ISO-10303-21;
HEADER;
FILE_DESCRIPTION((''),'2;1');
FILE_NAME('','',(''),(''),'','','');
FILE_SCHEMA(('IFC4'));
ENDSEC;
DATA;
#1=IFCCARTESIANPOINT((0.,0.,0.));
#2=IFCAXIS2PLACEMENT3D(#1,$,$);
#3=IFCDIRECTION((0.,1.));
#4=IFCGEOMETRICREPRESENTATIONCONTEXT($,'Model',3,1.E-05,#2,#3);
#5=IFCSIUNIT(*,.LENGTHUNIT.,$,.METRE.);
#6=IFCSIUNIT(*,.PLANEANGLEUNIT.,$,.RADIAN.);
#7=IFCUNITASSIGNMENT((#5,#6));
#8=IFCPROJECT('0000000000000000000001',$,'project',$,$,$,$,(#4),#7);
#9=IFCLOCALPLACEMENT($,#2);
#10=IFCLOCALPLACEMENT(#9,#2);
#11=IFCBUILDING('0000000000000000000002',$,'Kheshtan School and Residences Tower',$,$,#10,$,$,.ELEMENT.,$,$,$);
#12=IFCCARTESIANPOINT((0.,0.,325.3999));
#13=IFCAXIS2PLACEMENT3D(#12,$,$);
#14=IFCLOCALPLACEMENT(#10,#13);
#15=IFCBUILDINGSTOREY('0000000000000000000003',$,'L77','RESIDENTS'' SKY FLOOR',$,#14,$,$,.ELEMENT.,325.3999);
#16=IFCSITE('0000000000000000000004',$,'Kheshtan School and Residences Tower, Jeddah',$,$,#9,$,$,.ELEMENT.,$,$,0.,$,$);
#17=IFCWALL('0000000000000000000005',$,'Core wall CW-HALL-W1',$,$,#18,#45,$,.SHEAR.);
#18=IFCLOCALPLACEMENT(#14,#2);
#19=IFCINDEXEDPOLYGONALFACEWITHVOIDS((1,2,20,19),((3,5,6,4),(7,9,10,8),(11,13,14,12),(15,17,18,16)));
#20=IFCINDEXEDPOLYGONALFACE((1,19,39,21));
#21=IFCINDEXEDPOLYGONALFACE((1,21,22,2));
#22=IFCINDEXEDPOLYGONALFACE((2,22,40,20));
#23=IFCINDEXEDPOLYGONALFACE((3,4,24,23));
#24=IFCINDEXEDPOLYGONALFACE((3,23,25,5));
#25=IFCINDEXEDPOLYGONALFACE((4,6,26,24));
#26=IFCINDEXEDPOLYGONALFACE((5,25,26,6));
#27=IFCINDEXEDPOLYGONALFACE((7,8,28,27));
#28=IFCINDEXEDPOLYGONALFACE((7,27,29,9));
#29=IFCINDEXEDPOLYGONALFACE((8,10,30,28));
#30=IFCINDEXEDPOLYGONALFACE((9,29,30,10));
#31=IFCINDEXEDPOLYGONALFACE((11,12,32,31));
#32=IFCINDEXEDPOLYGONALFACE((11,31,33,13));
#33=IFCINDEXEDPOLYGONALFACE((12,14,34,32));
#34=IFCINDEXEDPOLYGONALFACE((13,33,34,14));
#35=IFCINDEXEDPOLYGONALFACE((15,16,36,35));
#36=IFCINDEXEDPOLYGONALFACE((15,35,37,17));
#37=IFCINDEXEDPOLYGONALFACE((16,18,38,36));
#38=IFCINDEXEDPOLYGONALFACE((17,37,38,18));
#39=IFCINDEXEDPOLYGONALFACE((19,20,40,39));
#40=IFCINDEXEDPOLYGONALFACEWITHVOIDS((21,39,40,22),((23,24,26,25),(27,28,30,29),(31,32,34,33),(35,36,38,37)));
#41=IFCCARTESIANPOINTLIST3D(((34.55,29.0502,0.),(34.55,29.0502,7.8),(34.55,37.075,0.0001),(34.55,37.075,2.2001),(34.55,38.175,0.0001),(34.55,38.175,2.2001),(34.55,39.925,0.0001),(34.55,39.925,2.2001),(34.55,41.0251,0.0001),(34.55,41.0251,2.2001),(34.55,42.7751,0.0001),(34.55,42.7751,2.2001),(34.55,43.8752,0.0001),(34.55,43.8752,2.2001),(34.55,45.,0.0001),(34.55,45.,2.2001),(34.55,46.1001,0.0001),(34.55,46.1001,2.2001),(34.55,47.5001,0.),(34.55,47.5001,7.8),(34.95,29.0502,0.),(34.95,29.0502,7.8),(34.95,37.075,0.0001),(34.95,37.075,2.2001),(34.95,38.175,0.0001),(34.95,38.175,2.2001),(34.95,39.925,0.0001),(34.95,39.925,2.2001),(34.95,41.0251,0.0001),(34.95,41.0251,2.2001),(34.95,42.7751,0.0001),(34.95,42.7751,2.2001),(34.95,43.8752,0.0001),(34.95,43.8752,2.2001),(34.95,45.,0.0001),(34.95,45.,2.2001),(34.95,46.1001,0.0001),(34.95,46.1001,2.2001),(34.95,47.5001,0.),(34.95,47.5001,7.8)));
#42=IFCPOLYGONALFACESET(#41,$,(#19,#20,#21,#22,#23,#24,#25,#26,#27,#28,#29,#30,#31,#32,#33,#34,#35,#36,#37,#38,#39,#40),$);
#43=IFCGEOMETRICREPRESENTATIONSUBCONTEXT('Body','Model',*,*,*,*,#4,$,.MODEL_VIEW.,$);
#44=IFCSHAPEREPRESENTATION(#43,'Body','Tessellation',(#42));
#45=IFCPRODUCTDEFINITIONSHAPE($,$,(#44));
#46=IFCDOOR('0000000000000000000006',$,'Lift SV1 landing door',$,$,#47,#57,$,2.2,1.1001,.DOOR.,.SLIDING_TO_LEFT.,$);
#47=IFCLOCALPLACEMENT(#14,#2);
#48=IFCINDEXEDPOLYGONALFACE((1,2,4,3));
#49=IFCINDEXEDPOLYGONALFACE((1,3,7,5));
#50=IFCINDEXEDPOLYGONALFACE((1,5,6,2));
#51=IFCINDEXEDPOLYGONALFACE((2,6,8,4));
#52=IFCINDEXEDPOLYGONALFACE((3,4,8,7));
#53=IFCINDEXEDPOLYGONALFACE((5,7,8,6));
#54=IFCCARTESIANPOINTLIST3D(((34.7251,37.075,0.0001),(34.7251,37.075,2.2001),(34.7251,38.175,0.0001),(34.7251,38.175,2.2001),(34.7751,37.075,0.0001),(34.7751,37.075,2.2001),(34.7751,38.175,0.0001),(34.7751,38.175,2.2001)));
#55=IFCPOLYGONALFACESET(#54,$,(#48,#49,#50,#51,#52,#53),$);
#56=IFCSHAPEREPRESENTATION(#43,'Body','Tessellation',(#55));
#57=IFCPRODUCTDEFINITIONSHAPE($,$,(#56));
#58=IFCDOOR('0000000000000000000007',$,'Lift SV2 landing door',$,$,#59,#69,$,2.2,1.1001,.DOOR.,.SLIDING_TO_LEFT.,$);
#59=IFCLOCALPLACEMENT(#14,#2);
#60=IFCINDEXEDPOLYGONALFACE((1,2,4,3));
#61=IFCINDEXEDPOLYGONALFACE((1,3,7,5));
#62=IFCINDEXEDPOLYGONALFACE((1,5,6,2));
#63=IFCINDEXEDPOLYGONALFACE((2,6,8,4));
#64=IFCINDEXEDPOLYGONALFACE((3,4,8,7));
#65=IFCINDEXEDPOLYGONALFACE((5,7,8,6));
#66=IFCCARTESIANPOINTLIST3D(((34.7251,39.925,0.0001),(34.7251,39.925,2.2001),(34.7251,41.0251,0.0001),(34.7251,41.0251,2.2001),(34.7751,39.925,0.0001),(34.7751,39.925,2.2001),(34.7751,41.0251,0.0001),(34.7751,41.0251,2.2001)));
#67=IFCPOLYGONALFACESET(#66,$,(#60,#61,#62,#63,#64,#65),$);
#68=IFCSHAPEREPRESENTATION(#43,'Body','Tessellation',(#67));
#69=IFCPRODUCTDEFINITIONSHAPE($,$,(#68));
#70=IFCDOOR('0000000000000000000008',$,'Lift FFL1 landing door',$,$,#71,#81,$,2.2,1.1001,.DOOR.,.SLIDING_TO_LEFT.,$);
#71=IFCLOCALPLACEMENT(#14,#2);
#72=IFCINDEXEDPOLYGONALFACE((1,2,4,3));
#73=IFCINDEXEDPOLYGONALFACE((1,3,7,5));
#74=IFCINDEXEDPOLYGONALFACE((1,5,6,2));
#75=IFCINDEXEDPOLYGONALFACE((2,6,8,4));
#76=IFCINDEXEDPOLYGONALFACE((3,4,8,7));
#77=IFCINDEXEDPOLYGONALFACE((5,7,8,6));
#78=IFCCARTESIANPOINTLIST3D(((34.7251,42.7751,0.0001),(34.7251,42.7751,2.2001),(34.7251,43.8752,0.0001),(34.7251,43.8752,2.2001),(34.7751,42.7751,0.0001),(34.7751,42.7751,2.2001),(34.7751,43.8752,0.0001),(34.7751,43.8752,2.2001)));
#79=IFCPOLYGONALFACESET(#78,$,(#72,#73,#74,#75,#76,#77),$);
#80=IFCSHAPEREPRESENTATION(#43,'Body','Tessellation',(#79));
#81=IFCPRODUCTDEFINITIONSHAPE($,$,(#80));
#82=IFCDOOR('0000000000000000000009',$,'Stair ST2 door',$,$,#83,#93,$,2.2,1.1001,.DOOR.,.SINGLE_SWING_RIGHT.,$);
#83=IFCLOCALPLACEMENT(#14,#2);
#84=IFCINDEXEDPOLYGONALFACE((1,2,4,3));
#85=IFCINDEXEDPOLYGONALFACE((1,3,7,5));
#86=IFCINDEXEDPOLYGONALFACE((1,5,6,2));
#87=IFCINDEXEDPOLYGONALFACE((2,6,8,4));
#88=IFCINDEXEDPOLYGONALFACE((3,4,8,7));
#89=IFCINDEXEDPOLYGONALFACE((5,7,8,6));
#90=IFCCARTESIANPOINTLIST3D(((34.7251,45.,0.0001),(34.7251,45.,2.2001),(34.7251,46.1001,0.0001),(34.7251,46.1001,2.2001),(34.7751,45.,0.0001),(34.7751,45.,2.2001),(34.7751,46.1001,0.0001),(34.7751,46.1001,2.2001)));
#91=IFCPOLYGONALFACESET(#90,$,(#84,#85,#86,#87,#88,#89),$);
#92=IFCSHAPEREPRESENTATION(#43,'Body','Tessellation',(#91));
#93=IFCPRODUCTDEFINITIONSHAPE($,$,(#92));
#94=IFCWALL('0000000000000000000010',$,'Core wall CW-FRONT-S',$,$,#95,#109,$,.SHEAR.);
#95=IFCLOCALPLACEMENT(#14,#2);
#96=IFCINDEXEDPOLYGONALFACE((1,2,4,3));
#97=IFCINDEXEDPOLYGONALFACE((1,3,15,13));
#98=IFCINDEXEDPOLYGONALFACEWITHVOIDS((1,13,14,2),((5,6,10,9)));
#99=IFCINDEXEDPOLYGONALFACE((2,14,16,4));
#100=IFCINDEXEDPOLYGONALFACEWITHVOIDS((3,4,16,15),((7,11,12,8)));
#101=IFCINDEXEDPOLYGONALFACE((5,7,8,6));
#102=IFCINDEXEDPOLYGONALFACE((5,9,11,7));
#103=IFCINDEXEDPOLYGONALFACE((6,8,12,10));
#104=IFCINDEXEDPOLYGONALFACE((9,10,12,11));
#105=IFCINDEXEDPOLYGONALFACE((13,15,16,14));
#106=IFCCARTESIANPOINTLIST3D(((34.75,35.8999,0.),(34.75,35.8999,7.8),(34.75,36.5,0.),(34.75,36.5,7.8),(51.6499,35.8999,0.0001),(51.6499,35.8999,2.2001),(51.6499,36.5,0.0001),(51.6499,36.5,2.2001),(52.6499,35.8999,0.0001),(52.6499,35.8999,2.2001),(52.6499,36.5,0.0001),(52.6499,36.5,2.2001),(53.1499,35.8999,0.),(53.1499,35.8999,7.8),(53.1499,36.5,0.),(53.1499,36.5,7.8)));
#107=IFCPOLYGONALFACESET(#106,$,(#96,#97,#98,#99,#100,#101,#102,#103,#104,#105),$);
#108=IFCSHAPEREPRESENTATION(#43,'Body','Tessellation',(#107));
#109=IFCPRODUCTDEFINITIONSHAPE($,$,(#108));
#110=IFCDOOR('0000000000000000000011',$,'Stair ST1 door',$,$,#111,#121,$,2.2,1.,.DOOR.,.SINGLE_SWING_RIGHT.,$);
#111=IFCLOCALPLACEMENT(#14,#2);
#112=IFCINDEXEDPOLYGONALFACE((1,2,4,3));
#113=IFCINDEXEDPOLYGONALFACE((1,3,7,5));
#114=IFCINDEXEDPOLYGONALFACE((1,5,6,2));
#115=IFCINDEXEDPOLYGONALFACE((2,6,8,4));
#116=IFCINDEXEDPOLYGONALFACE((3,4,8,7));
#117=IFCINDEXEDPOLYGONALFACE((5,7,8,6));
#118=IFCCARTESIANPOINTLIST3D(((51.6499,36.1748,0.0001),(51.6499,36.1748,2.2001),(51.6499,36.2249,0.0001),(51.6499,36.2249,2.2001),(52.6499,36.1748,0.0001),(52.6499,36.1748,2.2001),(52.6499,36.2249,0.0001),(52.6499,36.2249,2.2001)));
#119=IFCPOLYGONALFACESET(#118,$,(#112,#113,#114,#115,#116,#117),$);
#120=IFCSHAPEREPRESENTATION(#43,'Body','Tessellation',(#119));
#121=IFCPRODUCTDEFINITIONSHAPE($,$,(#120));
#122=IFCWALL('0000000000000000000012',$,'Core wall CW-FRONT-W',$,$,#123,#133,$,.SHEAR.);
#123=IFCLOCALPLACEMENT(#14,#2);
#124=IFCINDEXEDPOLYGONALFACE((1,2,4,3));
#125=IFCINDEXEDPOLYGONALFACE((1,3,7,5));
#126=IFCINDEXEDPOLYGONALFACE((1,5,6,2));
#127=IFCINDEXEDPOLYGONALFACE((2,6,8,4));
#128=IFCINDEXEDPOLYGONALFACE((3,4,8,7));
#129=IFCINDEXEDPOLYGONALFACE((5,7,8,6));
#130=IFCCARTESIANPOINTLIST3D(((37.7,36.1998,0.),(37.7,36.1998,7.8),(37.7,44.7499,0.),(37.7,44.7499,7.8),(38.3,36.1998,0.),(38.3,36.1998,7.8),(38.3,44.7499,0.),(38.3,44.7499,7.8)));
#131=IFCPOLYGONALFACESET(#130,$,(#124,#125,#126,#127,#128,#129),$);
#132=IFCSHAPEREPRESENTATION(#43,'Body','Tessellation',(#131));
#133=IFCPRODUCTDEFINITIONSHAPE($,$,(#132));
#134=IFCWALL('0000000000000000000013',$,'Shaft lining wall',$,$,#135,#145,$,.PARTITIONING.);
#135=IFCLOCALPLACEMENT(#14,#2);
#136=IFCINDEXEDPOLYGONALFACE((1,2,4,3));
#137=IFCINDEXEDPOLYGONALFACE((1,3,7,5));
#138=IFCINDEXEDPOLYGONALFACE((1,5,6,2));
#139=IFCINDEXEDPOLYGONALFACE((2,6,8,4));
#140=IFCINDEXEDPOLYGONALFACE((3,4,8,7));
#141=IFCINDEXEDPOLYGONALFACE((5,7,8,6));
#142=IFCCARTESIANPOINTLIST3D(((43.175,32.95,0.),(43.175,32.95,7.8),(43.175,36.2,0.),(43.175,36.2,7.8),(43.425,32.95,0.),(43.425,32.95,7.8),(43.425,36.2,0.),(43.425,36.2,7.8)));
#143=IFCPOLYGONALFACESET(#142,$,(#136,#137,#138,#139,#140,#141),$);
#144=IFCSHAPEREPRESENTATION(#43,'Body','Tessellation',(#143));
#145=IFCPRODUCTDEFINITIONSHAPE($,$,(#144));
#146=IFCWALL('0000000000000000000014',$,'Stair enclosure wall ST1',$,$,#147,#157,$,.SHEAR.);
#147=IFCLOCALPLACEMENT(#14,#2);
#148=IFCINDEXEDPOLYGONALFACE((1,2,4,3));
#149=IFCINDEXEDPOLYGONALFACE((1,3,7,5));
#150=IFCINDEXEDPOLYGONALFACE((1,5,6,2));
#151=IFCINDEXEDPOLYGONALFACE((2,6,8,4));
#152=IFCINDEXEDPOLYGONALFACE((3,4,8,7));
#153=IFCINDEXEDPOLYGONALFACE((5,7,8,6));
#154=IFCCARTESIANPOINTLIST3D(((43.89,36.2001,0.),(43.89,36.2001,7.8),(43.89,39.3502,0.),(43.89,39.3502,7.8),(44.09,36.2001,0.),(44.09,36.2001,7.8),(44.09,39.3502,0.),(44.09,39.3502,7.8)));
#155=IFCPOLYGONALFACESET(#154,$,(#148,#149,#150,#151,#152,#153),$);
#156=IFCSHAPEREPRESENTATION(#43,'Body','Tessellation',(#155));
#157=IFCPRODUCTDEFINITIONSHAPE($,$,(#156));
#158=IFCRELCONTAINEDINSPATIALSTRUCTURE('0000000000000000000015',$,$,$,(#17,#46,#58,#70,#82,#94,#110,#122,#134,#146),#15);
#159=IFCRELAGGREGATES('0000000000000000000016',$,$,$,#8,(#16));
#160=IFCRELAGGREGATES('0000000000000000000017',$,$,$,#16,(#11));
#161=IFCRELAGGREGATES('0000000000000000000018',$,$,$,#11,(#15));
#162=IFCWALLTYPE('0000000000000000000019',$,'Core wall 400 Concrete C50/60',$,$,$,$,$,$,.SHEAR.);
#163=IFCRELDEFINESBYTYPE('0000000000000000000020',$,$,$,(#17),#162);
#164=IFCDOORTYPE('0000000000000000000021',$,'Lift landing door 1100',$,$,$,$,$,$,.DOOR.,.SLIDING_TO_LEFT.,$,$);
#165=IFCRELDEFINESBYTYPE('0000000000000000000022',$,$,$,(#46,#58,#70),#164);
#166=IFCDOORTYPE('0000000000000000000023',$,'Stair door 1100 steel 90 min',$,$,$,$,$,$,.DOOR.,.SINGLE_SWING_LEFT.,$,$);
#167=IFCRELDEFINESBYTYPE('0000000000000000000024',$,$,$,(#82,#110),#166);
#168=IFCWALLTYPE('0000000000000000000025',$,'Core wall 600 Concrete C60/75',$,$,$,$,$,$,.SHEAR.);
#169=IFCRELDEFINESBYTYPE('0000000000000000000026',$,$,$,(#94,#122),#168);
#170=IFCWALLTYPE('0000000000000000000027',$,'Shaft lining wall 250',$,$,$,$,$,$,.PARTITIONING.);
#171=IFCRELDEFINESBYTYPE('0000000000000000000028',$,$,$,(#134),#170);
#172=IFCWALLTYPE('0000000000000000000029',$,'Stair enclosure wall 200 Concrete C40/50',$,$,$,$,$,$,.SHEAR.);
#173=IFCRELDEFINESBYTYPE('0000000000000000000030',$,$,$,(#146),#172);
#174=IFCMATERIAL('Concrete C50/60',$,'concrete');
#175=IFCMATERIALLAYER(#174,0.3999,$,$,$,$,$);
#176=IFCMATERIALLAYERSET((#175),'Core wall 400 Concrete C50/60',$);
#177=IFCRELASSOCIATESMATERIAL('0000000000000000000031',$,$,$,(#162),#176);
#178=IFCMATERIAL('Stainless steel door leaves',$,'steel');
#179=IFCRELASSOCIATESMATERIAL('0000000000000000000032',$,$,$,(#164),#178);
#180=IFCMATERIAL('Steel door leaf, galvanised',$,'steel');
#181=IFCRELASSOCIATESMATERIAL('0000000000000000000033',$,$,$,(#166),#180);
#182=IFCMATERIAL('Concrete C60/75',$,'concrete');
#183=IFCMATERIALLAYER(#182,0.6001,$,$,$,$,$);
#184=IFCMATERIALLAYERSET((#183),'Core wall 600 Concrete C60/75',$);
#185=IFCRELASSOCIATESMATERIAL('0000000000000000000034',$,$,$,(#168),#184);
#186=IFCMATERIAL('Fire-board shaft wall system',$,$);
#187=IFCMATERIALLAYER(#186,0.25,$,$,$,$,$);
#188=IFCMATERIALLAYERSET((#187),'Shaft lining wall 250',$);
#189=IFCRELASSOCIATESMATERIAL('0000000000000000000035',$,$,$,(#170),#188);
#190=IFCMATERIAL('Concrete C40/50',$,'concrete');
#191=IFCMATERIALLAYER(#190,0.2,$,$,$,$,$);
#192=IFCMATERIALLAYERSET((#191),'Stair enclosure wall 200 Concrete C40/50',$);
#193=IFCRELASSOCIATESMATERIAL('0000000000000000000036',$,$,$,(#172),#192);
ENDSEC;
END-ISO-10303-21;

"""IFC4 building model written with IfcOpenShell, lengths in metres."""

from ifc_helpers import new_model, si_unit, direction, frame, frame_2d, origin, place, context, subcontext, project, spatial, rectangle, extrude, source, transform, mapped, material, layer, layer_set, type_object, element, fill, save


model = new_model("IFC4")

# Units and contexts
model_context = context("Model", 3, precision=1e-05, world=origin(), true_north=direction((0.0, 1.0)))
body_context = subcontext(model_context, "Body", "Model", "MODEL_VIEW")
ifc_project = project(units=[si_unit("LENGTHUNIT", "METRE"), si_unit("PLANEANGLEUNIT", "RADIAN")], contexts=[model_context])

# Site, building, storey
site_placement = place(None, origin())
site = spatial("IfcSite", under=ifc_project, at=site_placement, Name="Kheshtan School and Residences Tower, Jeddah", CompositionType="ELEMENT", RefElevation=0.0)
building_placement = place(site_placement, origin())
building = spatial("IfcBuilding", under=site, at=building_placement, Name="Kheshtan School and Residences Tower", CompositionType="ELEMENT")
storey_placement = place(building_placement, frame((0.0, 0.0, 325.3999)))
storey = spatial("IfcBuildingStorey", under=building, at=storey_placement, Name="L77", Description="RESIDENTS' SKY FLOOR", CompositionType="ELEMENT", Elevation=325.3999)

# Wall, openings, doors
ifc_material_1 = material(Name="Concrete C50/60", Category="concrete")
ifc_layer_1 = layer(ifc_material_1, 0.3999)
ifc_layer_set_1 = layer_set([ifc_layer_1], Name="Core wall 400 Concrete C50/60")
wall_type_1 = type_object("IfcWallType", Name="Core wall 400 Concrete C50/60", PredefinedType="SHEAR", material=ifc_layer_set_1)
ifc_material_2 = material(Name="Stainless steel door leaves", Category="steel")
door_type_1 = type_object("IfcDoorType", Name="Lift landing door 1100", OperationType="SLIDING_TO_LEFT", PredefinedType="DOOR", material=ifc_material_2)
shared_shape_1 = source(origin(), body_context, "Body", "SweptSolid", [
    extrude(rectangle(XDim=1.1001, YDim=2.2, at=frame_2d((0.55, 1.1001))), frame((0.0, 0.0249, 0.0), z_axis=(0.0, -1.0, 0.0), x_axis=(1.0, 0.0, 0.0)), (0.0, 0.0, 1.0), 0.05),
])
wall_1_placement = place(storey_placement, frame((34.75, 29.05, 0.0), z_axis=(0.0, 0.0, 1.0), x_axis=(0.0, 1.0, 0.0)))
wall_1 = element("IfcWall", 1, at=wall_1_placement, inside=storey, type_object=wall_type_1, Name="Core wall CW-HALL-W1", PredefinedType="SHEAR", context=body_context, shape_type="SweptSolid", body=[
    extrude(rectangle(XDim=18.45, YDim=0.3999, at=frame_2d((9.2251, 0.0))), origin(), (0.0, 0.0, 1.0), 7.8),
])
opening_1_placement = place(wall_1_placement, frame((8.0249, 0.0, 0.0)))
opening_1 = element("IfcOpeningElement", 2, at=opening_1_placement, cuts=wall_1, PredefinedType="OPENING", context=body_context, shape_type="SweptSolid", body=[
    extrude(rectangle(XDim=1.1001, YDim=2.2, at=frame_2d((0.55, 1.1001))), frame((0.0, 0.21, 0.0), z_axis=(0.0, -1.0, 0.0), x_axis=(1.0, 0.0, 0.0)), (0.0, 0.0, 1.0), 0.4199),
])
opening_2_placement = place(wall_1_placement, frame((10.875, 0.0, 0.0)))
opening_2 = element("IfcOpeningElement", 3, at=opening_2_placement, cuts=wall_1, PredefinedType="OPENING", context=body_context, shape_type="SweptSolid", body=[
    extrude(rectangle(XDim=1.1001, YDim=2.2, at=frame_2d((0.55, 1.1001))), frame((0.0, 0.21, 0.0), z_axis=(0.0, -1.0, 0.0), x_axis=(1.0, 0.0, 0.0)), (0.0, 0.0, 1.0), 0.4199),
])
opening_3_placement = place(wall_1_placement, frame((13.7251, 0.0, 0.0)))
opening_3 = element("IfcOpeningElement", 4, at=opening_3_placement, cuts=wall_1, PredefinedType="OPENING", context=body_context, shape_type="SweptSolid", body=[
    extrude(rectangle(XDim=1.1001, YDim=2.2, at=frame_2d((0.55, 1.1001))), frame((0.0, 0.21, 0.0), z_axis=(0.0, -1.0, 0.0), x_axis=(1.0, 0.0, 0.0)), (0.0, 0.0, 1.0), 0.4199),
])
opening_4_placement = place(wall_1_placement, frame((15.95, 0.0, 0.0)))
opening_4 = element("IfcOpeningElement", 5, at=opening_4_placement, cuts=wall_1, PredefinedType="OPENING", context=body_context, shape_type="SweptSolid", body=[
    extrude(rectangle(XDim=1.1001, YDim=2.2, at=frame_2d((0.55, 1.1001))), frame((0.0, 0.21, 0.0), z_axis=(0.0, -1.0, 0.0), x_axis=(1.0, 0.0, 0.0)), (0.0, 0.0, 1.0), 0.4199),
])
door_1_placement = place(opening_1_placement, origin())
door_1 = element("IfcDoor", 6, at=door_1_placement, inside=storey, type_object=door_type_1, Name="Lift SV1 landing door", OperationType="SLIDING_TO_LEFT", OverallHeight=2.2, OverallWidth=1.1001, PredefinedType="DOOR", context=body_context, shape_type="MappedRepresentation", body=[
    mapped(shared_shape_1, transform((0.0, 0.0, 0.0), x_axis=(1.0, 0.0, 0.0), y_axis=(0.0, 1.0, 0.0), z_axis=(0.0, 0.0, 1.0), scale=1.0)),
])
fill(opening_1, door_1)
door_2_placement = place(opening_2_placement, origin())
door_2 = element("IfcDoor", 7, at=door_2_placement, inside=storey, type_object=door_type_1, Name="Lift SV2 landing door", OperationType="SLIDING_TO_LEFT", OverallHeight=2.2, OverallWidth=1.1001, PredefinedType="DOOR", context=body_context, shape_type="MappedRepresentation", body=[
    mapped(shared_shape_1, transform((0.0, 0.0, 0.0), x_axis=(1.0, 0.0, 0.0), y_axis=(0.0, 1.0, 0.0), z_axis=(0.0, 0.0, 1.0), scale=1.0)),
])
fill(opening_2, door_2)
door_3_placement = place(opening_3_placement, origin())
door_3 = element("IfcDoor", 8, at=door_3_placement, inside=storey, type_object=door_type_1, Name="Lift FFL1 landing door", OperationType="SLIDING_TO_LEFT", OverallHeight=2.2, OverallWidth=1.1001, PredefinedType="DOOR", context=body_context, shape_type="MappedRepresentation", body=[
    mapped(shared_shape_1, transform((0.0, 0.0, 0.0), x_axis=(1.0, 0.0, 0.0), y_axis=(0.0, 1.0, 0.0), z_axis=(0.0, 0.0, 1.0), scale=1.0)),
])
fill(opening_3, door_3)
ifc_material_3 = material(Name="Steel door leaf, galvanised", Category="steel")
door_type_2 = type_object("IfcDoorType", Name="Stair door 1100 steel 90 min", OperationType="SINGLE_SWING_LEFT", PredefinedType="DOOR", material=ifc_material_3)
shared_shape_2 = source(origin(), body_context, "Body", "SweptSolid", [
    extrude(rectangle(XDim=1.1001, YDim=2.2, at=frame_2d((0.55, 1.1001))), frame((0.0, 0.0249, 0.0), z_axis=(0.0, -1.0, 0.0), x_axis=(1.0, 0.0, 0.0)), (0.0, 0.0, 1.0), 0.05),
])
door_4_placement = place(opening_4_placement, origin())
door_4 = element("IfcDoor", 9, at=door_4_placement, inside=storey, type_object=door_type_2, Name="Stair ST2 door", OperationType="SINGLE_SWING_RIGHT", OverallHeight=2.2, OverallWidth=1.1001, PredefinedType="DOOR", context=body_context, shape_type="MappedRepresentation", body=[
    mapped(shared_shape_2, transform((0.0, 0.0, 0.0), x_axis=(1.0, 0.0, 0.0), y_axis=(0.0, 1.0, 0.0), z_axis=(0.0, 0.0, 1.0), scale=1.0)),
])
fill(opening_4, door_4)

# Wall, opening, door
ifc_material_4 = material(Name="Concrete C60/75", Category="concrete")
ifc_layer_2 = layer(ifc_material_4, 0.6001)
ifc_layer_set_2 = layer_set([ifc_layer_2], Name="Core wall 600 Concrete C60/75")
wall_type_2 = type_object("IfcWallType", Name="Core wall 600 Concrete C60/75", PredefinedType="SHEAR", material=ifc_layer_set_2)
wall_2_placement = place(storey_placement, frame((34.75, 36.2, 0.0), z_axis=(0.0, 0.0, 1.0), x_axis=(1.0, 0.0, 0.0)))
wall_2 = element("IfcWall", 10, at=wall_2_placement, inside=storey, type_object=wall_type_2, Name="Core wall CW-FRONT-S", PredefinedType="SHEAR", context=body_context, shape_type="SweptSolid", body=[
    extrude(rectangle(XDim=18.3999, YDim=0.6001, at=frame_2d((9.2, 0.0))), origin(), (0.0, 0.0, 1.0), 7.8),
])
opening_5_placement = place(wall_2_placement, frame((16.8999, 0.0, 0.0)))
opening_5 = element("IfcOpeningElement", 11, at=opening_5_placement, cuts=wall_2, PredefinedType="OPENING", context=body_context, shape_type="SweptSolid", body=[
    extrude(rectangle(XDim=1.0, YDim=2.2, at=frame_2d((0.5, 1.1001))), frame((0.0, 0.3101, 0.0), z_axis=(0.0, -1.0, 0.0), x_axis=(1.0, 0.0, 0.0)), (0.0, 0.0, 1.0), 0.6201),
])
shared_shape_3 = source(origin(), body_context, "Body", "SweptSolid", [
    extrude(rectangle(XDim=1.0, YDim=2.2, at=frame_2d((0.5, 1.1001))), frame((0.0, 0.0249, 0.0), z_axis=(0.0, -1.0, 0.0), x_axis=(1.0, 0.0, 0.0)), (0.0, 0.0, 1.0), 0.05),
])
door_5_placement = place(opening_5_placement, origin())
door_5 = element("IfcDoor", 12, at=door_5_placement, inside=storey, type_object=door_type_2, Name="Stair ST1 door", OperationType="SINGLE_SWING_RIGHT", OverallHeight=2.2, OverallWidth=1.0, PredefinedType="DOOR", context=body_context, shape_type="MappedRepresentation", body=[
    mapped(shared_shape_3, transform((0.0, 0.0, 0.0), x_axis=(1.0, 0.0, 0.0), y_axis=(0.0, 1.0, 0.0), z_axis=(0.0, 0.0, 1.0), scale=1.0)),
])
fill(opening_5, door_5)

# Walls
wall_3_placement = place(storey_placement, frame((38.0, 36.2, 0.0), z_axis=(0.0, 0.0, 1.0), x_axis=(0.0, 1.0, 0.0)))
element("IfcWall", 13, at=wall_3_placement, inside=storey, type_object=wall_type_2, Name="Core wall CW-FRONT-W", PredefinedType="SHEAR", context=body_context, shape_type="SweptSolid", body=[
    extrude(rectangle(XDim=8.55, YDim=0.6001, at=frame_2d((4.2749, 0.0))), origin(), (0.0, 0.0, 1.0), 7.8),
])
ifc_material_5 = material(Name="Fire-board shaft wall system")
ifc_layer_3 = layer(ifc_material_5, 0.25)
ifc_layer_set_3 = layer_set([ifc_layer_3], Name="Shaft lining wall 250")
wall_type_3 = type_object("IfcWallType", Name="Shaft lining wall 250", PredefinedType="PARTITIONING", material=ifc_layer_set_3)
wall_4_placement = place(storey_placement, frame((43.3, 32.95, 0.0), z_axis=(0.0, 0.0, 1.0), x_axis=(0.0, 1.0, 0.0)))
element("IfcWall", 14, at=wall_4_placement, inside=storey, type_object=wall_type_3, Name="Shaft lining wall", PredefinedType="PARTITIONING", context=body_context, shape_type="SweptSolid", body=[
    extrude(rectangle(XDim=3.25, YDim=0.25, at=frame_2d((1.625, 0.0))), origin(), (0.0, 0.0, 1.0), 7.8),
])
ifc_material_6 = material(Name="Concrete C40/50", Category="concrete")
ifc_layer_4 = layer(ifc_material_6, 0.2)
ifc_layer_set_4 = layer_set([ifc_layer_4], Name="Stair enclosure wall 200 Concrete C40/50")
wall_type_4 = type_object("IfcWallType", Name="Stair enclosure wall 200 Concrete C40/50", PredefinedType="SHEAR", material=ifc_layer_set_4)
wall_5_placement = place(storey_placement, frame((43.99, 36.2, 0.0), z_axis=(0.0, 0.0, 1.0), x_axis=(0.0, 1.0, 0.0)))
element("IfcWall", 15, at=wall_5_placement, inside=storey, type_object=wall_type_4, Name="Stair enclosure wall ST1", PredefinedType="SHEAR", context=body_context, shape_type="SweptSolid", body=[
    extrude(rectangle(XDim=3.1501, YDim=0.2, at=frame_2d((1.5752, 0.0))), origin(), (0.0, 0.0, 1.0), 7.8),
])

save(model, "model.ifc")
